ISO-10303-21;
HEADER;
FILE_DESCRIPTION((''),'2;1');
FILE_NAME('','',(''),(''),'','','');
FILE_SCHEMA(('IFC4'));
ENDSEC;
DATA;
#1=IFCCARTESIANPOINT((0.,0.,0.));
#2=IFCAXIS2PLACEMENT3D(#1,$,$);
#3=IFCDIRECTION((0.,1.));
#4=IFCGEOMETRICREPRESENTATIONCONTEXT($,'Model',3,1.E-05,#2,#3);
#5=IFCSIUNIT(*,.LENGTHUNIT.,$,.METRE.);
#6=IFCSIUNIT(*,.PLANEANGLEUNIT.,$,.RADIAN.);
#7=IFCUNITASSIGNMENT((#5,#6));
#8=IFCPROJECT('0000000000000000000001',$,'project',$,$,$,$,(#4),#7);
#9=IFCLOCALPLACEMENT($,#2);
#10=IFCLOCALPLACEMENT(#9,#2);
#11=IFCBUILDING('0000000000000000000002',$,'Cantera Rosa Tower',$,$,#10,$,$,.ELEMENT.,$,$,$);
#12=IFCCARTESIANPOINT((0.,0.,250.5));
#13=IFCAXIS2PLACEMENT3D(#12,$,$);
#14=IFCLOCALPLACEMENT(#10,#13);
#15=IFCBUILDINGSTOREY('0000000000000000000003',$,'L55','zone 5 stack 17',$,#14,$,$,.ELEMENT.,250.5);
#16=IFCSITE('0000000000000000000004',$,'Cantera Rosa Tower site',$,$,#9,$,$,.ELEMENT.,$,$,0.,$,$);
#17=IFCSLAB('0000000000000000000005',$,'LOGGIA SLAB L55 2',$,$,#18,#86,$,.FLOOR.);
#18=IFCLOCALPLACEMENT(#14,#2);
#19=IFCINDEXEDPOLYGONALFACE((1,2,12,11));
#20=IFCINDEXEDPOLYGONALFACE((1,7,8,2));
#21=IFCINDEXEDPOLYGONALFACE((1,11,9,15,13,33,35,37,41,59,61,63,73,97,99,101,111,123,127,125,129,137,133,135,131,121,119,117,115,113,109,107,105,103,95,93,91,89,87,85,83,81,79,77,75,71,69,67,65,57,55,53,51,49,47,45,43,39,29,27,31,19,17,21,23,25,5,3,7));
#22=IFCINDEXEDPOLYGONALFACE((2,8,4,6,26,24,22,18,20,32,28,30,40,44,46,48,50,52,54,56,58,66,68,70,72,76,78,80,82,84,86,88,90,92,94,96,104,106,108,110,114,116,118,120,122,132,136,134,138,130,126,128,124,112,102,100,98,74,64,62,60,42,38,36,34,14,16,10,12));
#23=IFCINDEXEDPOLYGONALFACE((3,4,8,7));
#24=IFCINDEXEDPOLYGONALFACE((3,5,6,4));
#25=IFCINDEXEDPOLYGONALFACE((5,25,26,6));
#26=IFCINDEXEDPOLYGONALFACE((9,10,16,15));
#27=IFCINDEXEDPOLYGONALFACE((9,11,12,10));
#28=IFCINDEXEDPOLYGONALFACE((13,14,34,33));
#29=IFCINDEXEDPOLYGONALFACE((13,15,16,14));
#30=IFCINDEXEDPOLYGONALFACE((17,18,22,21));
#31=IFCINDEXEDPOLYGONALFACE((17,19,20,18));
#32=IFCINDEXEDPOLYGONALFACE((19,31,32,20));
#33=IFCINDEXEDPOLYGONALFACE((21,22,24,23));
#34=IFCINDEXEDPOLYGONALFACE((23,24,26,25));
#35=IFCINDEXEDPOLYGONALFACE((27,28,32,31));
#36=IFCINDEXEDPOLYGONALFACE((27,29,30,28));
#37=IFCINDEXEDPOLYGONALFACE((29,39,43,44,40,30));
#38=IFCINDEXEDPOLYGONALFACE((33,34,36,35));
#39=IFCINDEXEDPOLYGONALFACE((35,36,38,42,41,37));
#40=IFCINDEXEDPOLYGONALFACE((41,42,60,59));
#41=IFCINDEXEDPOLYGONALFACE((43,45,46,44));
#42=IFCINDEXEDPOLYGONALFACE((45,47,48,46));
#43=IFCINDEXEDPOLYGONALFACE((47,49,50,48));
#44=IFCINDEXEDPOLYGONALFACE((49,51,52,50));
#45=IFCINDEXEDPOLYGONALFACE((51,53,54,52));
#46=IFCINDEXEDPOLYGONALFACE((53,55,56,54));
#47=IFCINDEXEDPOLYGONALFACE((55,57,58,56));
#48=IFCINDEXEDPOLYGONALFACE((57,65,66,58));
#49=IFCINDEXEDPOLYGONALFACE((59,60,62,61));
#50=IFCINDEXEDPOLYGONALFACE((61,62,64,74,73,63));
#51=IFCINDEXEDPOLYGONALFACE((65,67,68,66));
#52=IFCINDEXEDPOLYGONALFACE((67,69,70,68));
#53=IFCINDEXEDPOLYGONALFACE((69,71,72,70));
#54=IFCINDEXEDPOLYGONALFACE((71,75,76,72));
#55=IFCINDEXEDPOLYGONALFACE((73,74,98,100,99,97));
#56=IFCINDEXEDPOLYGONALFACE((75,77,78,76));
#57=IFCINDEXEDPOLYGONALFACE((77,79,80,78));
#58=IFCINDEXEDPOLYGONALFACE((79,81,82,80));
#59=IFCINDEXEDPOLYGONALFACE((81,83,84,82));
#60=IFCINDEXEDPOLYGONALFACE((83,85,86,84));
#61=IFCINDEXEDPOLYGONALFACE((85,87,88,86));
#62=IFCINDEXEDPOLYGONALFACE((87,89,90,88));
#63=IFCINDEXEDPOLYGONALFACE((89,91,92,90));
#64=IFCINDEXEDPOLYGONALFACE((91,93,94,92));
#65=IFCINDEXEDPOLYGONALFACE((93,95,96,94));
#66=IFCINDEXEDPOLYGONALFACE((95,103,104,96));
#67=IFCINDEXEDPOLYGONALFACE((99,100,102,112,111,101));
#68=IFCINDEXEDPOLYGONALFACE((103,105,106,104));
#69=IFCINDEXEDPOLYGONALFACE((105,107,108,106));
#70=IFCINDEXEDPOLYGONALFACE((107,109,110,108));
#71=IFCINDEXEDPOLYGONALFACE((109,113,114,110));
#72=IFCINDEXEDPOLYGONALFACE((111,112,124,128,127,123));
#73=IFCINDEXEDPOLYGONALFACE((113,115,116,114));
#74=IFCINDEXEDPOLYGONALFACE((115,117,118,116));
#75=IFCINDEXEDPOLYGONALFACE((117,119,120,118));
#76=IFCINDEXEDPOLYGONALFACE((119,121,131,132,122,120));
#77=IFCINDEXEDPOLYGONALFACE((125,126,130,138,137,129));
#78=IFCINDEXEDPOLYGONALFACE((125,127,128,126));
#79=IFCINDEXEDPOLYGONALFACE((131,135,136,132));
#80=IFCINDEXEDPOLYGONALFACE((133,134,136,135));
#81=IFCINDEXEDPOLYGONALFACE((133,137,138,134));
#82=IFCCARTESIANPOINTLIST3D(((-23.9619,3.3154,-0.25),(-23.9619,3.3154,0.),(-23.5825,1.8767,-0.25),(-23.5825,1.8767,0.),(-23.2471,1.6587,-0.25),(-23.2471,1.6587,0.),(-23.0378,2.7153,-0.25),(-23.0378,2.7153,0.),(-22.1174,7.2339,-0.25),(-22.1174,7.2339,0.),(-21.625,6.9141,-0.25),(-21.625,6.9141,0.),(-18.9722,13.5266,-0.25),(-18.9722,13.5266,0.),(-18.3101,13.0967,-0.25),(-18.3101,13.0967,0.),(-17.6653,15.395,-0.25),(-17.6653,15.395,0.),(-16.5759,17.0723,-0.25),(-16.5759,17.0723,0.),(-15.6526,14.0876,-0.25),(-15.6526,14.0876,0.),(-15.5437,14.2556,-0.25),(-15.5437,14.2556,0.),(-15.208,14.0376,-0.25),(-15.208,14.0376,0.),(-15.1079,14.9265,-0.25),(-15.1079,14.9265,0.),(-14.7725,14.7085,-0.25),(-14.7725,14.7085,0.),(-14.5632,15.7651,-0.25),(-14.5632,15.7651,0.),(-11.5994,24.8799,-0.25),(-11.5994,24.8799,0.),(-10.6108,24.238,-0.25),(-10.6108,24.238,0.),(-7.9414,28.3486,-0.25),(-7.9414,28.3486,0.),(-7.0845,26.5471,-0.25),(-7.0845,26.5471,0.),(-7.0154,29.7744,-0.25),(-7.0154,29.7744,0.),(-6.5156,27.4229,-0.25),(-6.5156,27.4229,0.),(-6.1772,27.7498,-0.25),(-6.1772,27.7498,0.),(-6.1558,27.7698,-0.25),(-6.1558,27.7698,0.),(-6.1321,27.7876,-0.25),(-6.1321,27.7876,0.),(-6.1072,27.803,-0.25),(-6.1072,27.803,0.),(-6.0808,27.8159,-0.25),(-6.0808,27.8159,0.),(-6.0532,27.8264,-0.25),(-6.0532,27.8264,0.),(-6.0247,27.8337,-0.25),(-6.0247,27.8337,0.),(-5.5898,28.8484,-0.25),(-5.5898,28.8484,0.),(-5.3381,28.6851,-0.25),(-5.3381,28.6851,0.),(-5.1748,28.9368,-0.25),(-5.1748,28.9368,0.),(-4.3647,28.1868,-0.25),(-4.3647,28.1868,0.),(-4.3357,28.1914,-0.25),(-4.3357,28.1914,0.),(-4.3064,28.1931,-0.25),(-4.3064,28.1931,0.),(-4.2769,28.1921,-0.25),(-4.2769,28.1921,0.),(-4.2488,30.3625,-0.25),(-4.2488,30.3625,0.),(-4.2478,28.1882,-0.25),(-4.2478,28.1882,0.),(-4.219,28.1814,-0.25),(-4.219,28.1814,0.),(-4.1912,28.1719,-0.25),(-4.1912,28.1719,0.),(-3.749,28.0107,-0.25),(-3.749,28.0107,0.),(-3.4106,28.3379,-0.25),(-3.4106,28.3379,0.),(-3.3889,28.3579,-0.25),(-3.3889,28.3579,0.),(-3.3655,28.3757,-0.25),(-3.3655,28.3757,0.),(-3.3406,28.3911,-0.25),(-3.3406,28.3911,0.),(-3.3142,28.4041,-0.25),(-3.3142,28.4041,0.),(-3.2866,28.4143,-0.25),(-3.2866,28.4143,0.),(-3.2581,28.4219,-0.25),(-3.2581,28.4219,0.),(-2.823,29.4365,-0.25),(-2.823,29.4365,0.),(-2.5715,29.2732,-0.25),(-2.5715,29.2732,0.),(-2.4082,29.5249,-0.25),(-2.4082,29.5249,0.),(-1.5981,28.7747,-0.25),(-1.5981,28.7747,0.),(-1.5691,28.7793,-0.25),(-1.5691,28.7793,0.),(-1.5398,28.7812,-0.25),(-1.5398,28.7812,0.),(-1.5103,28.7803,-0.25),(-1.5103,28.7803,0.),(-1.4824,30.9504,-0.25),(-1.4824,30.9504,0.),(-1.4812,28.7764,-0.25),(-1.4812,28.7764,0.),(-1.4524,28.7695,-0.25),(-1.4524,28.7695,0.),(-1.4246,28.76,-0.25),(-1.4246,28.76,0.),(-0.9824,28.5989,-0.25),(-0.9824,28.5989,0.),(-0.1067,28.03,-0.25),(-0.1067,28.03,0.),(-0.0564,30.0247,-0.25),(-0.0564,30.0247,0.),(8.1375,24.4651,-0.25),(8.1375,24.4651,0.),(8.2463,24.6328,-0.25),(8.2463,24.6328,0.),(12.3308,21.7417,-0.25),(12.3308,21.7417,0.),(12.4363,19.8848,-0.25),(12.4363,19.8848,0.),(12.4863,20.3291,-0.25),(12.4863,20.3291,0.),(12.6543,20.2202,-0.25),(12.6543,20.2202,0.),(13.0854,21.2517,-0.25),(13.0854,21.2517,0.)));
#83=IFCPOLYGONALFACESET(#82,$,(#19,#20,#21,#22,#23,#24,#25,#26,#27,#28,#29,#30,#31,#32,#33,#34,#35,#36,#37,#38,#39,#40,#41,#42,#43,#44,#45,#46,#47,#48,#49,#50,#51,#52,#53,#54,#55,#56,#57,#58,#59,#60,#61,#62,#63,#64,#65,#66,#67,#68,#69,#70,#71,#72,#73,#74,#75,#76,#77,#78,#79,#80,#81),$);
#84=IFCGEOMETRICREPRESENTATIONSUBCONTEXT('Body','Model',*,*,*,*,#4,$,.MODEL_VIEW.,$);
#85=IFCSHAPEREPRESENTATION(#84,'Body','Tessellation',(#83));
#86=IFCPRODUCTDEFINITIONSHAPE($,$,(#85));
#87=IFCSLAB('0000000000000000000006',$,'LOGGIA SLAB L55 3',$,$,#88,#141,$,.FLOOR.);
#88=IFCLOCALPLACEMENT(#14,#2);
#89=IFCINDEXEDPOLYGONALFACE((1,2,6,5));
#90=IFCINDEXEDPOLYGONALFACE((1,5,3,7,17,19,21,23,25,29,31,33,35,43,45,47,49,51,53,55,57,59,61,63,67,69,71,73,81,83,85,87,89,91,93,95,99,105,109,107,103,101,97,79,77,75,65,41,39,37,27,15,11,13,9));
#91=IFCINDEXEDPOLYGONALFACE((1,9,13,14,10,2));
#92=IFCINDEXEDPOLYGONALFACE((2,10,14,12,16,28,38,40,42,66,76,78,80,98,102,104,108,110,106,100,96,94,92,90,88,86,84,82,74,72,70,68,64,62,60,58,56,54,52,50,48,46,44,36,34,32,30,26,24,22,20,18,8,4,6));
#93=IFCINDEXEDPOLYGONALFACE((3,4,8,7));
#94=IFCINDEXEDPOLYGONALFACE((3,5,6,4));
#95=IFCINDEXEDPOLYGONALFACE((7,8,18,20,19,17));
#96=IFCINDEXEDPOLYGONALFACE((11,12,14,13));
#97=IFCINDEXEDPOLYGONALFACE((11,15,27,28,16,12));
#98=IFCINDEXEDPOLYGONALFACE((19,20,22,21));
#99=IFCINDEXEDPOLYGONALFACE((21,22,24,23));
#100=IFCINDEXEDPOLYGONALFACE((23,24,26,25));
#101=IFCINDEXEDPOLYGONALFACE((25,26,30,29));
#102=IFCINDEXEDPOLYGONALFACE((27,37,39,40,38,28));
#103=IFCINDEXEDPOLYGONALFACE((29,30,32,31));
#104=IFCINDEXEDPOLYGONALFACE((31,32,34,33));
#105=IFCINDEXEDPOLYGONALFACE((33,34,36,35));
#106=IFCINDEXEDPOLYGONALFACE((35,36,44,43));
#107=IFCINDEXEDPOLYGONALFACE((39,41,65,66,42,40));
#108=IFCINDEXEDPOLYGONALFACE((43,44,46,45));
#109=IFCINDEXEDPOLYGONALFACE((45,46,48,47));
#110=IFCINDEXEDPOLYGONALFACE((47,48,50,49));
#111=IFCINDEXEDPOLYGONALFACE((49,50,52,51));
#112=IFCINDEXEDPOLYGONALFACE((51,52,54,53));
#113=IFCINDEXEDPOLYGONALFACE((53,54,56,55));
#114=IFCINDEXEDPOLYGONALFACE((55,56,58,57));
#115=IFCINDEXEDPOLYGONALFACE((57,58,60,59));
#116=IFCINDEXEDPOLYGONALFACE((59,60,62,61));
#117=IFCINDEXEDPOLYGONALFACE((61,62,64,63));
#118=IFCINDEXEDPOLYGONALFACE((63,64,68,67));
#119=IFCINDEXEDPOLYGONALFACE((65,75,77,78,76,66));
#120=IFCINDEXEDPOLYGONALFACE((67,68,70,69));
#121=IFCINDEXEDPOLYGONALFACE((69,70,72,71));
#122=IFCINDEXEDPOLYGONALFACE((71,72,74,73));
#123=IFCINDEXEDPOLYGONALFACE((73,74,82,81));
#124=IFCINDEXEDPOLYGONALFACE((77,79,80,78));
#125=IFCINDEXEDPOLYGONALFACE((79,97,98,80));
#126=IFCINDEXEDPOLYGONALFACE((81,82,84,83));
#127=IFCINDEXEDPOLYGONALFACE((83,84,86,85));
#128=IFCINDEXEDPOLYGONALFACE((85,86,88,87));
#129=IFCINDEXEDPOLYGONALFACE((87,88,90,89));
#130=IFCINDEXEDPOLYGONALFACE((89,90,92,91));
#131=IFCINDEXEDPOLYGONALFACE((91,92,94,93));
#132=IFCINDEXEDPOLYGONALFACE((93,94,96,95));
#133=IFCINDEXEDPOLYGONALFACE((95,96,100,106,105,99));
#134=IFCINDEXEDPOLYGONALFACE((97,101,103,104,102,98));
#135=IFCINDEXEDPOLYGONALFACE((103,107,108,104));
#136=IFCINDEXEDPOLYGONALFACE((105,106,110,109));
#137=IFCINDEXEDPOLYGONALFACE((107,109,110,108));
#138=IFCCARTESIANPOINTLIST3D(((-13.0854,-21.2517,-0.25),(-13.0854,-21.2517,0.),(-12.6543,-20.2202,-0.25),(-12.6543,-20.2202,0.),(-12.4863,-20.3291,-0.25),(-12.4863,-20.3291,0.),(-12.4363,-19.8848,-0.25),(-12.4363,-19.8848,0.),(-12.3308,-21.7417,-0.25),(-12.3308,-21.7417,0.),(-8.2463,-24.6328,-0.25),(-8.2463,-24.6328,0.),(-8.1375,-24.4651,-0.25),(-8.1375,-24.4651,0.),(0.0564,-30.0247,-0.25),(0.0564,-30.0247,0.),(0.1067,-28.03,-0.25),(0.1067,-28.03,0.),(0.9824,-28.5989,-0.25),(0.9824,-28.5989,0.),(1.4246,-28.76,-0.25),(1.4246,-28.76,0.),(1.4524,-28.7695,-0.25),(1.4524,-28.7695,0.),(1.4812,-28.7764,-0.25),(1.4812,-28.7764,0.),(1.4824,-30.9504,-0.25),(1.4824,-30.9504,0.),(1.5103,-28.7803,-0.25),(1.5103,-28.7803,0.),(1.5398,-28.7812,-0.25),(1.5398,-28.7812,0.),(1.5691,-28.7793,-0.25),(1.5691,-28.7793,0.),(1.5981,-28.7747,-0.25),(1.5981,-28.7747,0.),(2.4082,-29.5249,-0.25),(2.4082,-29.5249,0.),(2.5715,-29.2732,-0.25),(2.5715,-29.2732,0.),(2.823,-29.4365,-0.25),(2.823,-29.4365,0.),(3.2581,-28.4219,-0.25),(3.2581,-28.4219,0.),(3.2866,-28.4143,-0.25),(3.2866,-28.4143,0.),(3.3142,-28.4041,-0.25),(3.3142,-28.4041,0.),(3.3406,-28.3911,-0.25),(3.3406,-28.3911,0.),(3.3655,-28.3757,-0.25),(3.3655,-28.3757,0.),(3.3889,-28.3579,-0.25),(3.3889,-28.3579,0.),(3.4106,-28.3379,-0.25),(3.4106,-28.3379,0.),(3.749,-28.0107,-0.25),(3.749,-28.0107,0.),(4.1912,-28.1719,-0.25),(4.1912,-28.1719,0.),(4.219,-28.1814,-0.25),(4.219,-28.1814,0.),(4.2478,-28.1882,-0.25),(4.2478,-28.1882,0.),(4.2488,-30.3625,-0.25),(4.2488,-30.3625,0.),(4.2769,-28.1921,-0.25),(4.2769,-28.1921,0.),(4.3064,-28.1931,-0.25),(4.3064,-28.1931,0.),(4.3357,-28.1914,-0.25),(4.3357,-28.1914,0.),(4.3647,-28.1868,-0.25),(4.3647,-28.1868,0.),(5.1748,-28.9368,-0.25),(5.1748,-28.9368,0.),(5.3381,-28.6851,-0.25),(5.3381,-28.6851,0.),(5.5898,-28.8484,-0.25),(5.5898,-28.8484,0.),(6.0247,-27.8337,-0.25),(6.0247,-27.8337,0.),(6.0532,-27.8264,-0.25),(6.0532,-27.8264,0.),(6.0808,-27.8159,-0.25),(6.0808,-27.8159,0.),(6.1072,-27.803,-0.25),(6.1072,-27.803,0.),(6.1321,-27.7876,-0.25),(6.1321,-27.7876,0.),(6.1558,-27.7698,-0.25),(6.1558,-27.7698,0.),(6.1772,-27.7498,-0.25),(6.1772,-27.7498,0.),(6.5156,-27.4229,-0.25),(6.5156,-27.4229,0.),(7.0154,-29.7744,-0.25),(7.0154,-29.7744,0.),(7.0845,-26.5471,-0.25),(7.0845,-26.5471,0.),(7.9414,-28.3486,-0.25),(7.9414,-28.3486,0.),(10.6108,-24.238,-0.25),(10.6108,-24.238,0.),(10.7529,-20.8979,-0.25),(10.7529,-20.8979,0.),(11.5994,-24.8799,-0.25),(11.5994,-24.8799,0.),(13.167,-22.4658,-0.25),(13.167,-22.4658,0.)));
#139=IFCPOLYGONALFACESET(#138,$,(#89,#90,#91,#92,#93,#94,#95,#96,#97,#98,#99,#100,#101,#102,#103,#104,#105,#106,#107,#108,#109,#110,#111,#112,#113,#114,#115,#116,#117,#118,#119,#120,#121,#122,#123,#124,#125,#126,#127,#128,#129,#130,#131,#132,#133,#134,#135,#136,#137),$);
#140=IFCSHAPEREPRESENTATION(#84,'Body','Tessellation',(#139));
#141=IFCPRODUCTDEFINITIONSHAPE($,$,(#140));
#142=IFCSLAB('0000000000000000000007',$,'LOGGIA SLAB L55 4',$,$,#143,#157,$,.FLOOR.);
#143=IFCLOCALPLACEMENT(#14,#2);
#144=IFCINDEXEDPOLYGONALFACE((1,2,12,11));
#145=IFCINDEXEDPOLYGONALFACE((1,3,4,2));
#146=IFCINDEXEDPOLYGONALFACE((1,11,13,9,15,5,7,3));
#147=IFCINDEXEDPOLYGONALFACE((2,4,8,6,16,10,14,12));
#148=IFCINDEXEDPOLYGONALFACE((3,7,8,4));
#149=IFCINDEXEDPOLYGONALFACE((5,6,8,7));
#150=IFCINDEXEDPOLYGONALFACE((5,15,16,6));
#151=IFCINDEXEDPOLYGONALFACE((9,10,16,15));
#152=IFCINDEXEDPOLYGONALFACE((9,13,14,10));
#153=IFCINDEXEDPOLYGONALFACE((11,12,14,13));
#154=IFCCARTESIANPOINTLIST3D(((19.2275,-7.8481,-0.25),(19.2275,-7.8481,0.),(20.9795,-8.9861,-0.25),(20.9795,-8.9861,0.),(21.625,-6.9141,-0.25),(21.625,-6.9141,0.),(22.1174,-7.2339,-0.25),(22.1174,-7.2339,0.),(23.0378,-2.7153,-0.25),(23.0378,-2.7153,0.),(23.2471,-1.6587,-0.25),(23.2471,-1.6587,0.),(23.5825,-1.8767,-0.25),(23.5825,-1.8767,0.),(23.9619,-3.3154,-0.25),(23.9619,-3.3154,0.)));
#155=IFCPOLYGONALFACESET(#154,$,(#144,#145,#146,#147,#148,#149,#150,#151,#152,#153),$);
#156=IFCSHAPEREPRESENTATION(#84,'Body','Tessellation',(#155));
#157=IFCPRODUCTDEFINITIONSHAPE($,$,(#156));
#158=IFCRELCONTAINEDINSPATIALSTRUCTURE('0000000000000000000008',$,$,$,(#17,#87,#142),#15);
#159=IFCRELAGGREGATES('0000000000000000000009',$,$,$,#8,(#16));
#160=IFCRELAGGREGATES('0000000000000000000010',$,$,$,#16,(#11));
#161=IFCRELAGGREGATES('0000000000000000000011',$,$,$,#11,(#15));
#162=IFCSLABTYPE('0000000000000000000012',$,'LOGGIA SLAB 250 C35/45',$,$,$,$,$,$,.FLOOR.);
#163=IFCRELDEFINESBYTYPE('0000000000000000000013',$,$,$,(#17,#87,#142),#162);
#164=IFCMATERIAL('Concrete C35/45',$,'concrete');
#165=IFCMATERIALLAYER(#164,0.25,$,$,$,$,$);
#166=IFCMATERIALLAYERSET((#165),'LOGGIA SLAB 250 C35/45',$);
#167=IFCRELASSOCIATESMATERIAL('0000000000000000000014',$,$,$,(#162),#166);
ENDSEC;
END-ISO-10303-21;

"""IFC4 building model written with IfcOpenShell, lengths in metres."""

from ifc_helpers import new_model, si_unit, direction, frame, origin, place, context, subcontext, project, spatial, polyline, outline, extrude, material, layer, layer_set, type_object, element, save


model = new_model("IFC4")

# Units and contexts
model_context = context("Model", 3, precision=1e-05, world=origin(), true_north=direction((0.0, 1.0)))
body_context = subcontext(model_context, "Body", "Model", "MODEL_VIEW")
ifc_project = project(units=[si_unit("LENGTHUNIT", "METRE"), si_unit("PLANEANGLEUNIT", "RADIAN")], contexts=[model_context])

# Site, building, storey
site_placement = place(None, origin())
site = spatial("IfcSite", under=ifc_project, at=site_placement, Name="Cantera Rosa Tower site", CompositionType="ELEMENT", RefElevation=0.0)
building_placement = place(site_placement, origin())
building = spatial("IfcBuilding", under=site, at=building_placement, Name="Cantera Rosa Tower", CompositionType="ELEMENT")
storey_placement = place(building_placement, frame((0.0, 0.0, 250.5)))
storey = spatial("IfcBuildingStorey", under=building, at=storey_placement, Name="L55", Description="zone 5 stack 17", CompositionType="ELEMENT", Elevation=250.5)

# Slabs
ifc_material_1 = material(Name="Concrete C35/45", Category="concrete")
ifc_layer_1 = layer(ifc_material_1, 0.25)
ifc_layer_set_1 = layer_set([ifc_layer_1], Name="LOGGIA SLAB 250 C35/45")
slab_type_1 = type_object("IfcSlabType", Name="LOGGIA SLAB 250 C35/45", PredefinedType="FLOOR", material=ifc_layer_set_1)
slab_1_placement = place(storey_placement, frame((0.0, 0.0, -0.25)))
element("IfcSlab", 1, at=slab_1_placement, inside=storey, type_object=slab_type_1, Name="LOGGIA SLAB L55 2", PredefinedType="FLOOR", context=body_context, shape_type="SweptSolid", body=[
    extrude(outline(polyline([(-10.6108, 24.238), (-7.9414, 28.3486), (-7.0154, 29.7744), (-5.5898, 28.8484), (-5.3381, 28.6851), (-5.1748, 28.9368), (-4.2488, 30.3625), (-2.823, 29.4365), (-2.5715, 29.2732), (-2.4082, 29.5249), (-1.4824, 30.9504), (-0.0564, 30.0247), (8.2463, 24.6328), (8.1375, 24.4651), (12.3308, 21.7417), (13.0854, 21.2517), (12.4863, 20.3291), (12.6543, 20.2202), (12.4363, 19.8848), (-0.1067, 28.03), (-0.9824, 28.5989), (-1.4246, 28.76), (-1.4524, 28.7695), (-1.4812, 28.7764), (-1.5103, 28.7803), (-1.5398, 28.7812), (-1.5691, 28.7793), (-1.5981, 28.7747), (-3.2581, 28.4219), (-3.2866, 28.4143), (-3.3142, 28.4041), (-3.3406, 28.3911), (-3.3655, 28.3757), (-3.3889, 28.3579), (-3.4106, 28.3379), (-3.749, 28.0107), (-4.1912, 28.1719), (-4.219, 28.1814), (-4.2478, 28.1882), (-4.2769, 28.1921), (-4.3064, 28.1931), (-4.3357, 28.1914), (-4.3647, 28.1868), (-6.0247, 27.8337), (-6.0532, 27.8264), (-6.0808, 27.8159), (-6.1072, 27.803), (-6.1321, 27.7876), (-6.1558, 27.7698), (-6.1772, 27.7498), (-6.5156, 27.4229), (-7.0845, 26.5471), (-14.7725, 14.7085), (-15.1079, 14.9265), (-14.5632, 15.7651), (-16.5759, 17.0723), (-17.6653, 15.395), (-15.6526, 14.0876), (-15.5437, 14.2556), (-15.208, 14.0376), (-23.2471, 1.6587), (-23.5825, 1.8767), (-23.0378, 2.7153), (-23.9619, 3.3154), (-21.625, 6.9141), (-22.1174, 7.2339), (-18.3101, 13.0967), (-18.9722, 13.5266), (-11.5994, 24.8799), (-10.6108, 24.238)])), origin(), (0.0, 0.0, 1.0), 0.25),
])
slab_2_placement = place(storey_placement, frame((0.0, 0.0, -0.25)))
element("IfcSlab", 2, at=slab_2_placement, inside=storey, type_object=slab_type_1, Name="LOGGIA SLAB L55 3", PredefinedType="FLOOR", context=body_context, shape_type="SweptSolid", body=[
    extrude(outline(polyline([(5.5898, -28.8484), (5.3381, -28.6851), (5.1748, -28.9368), (4.2488, -30.3625), (2.823, -29.4365), (2.5715, -29.2732), (2.4082, -29.5249), (1.4824, -30.9504), (0.0564, -30.0247), (-8.2463, -24.6328), (-8.1375, -24.4651), (-12.3308, -21.7417), (-13.0854, -21.2517), (-12.4863, -20.3291), (-12.6543, -20.2202), (-12.4363, -19.8848), (0.1067, -28.03), (0.9824, -28.5989), (1.4246, -28.76), (1.4524, -28.7695), (1.4812, -28.7764), (1.5103, -28.7803), (1.5398, -28.7812), (1.5691, -28.7793), (1.5981, -28.7747), (3.2581, -28.4219), (3.2866, -28.4143), (3.3142, -28.4041), (3.3406, -28.3911), (3.3655, -28.3757), (3.3889, -28.3579), (3.4106, -28.3379), (3.749, -28.0107), (4.1912, -28.1719), (4.219, -28.1814), (4.2478, -28.1882), (4.2769, -28.1921), (4.3064, -28.1931), (4.3357, -28.1914), (4.3647, -28.1868), (6.0247, -27.8337), (6.0532, -27.8264), (6.0808, -27.8159), (6.1072, -27.803), (6.1321, -27.7876), (6.1558, -27.7698), (6.1772, -27.7498), (6.5156, -27.4229), (7.0845, -26.5471), (10.7529, -20.8979), (13.167, -22.4658), (11.5994, -24.8799), (10.6108, -24.238), (7.9414, -28.3486), (7.0154, -29.7744), (5.5898, -28.8484)])), origin(), (0.0, 0.0, 1.0), 0.25),
])
slab_3_placement = place(storey_placement, frame((0.0, 0.0, -0.25)))
element("IfcSlab", 3, at=slab_3_placement, inside=storey, type_object=slab_type_1, Name="LOGGIA SLAB L55 4", PredefinedType="FLOOR", context=body_context, shape_type="SweptSolid", body=[
    extrude(outline(polyline([(23.0378, -2.7153), (23.9619, -3.3154), (21.625, -6.9141), (22.1174, -7.2339), (20.9795, -8.9861), (19.2275, -7.8481), (23.2471, -1.6587), (23.5825, -1.8767), (23.0378, -2.7153)])), origin(), (0.0, 0.0, 1.0), 0.25),
])

save(model, "model.ifc")
